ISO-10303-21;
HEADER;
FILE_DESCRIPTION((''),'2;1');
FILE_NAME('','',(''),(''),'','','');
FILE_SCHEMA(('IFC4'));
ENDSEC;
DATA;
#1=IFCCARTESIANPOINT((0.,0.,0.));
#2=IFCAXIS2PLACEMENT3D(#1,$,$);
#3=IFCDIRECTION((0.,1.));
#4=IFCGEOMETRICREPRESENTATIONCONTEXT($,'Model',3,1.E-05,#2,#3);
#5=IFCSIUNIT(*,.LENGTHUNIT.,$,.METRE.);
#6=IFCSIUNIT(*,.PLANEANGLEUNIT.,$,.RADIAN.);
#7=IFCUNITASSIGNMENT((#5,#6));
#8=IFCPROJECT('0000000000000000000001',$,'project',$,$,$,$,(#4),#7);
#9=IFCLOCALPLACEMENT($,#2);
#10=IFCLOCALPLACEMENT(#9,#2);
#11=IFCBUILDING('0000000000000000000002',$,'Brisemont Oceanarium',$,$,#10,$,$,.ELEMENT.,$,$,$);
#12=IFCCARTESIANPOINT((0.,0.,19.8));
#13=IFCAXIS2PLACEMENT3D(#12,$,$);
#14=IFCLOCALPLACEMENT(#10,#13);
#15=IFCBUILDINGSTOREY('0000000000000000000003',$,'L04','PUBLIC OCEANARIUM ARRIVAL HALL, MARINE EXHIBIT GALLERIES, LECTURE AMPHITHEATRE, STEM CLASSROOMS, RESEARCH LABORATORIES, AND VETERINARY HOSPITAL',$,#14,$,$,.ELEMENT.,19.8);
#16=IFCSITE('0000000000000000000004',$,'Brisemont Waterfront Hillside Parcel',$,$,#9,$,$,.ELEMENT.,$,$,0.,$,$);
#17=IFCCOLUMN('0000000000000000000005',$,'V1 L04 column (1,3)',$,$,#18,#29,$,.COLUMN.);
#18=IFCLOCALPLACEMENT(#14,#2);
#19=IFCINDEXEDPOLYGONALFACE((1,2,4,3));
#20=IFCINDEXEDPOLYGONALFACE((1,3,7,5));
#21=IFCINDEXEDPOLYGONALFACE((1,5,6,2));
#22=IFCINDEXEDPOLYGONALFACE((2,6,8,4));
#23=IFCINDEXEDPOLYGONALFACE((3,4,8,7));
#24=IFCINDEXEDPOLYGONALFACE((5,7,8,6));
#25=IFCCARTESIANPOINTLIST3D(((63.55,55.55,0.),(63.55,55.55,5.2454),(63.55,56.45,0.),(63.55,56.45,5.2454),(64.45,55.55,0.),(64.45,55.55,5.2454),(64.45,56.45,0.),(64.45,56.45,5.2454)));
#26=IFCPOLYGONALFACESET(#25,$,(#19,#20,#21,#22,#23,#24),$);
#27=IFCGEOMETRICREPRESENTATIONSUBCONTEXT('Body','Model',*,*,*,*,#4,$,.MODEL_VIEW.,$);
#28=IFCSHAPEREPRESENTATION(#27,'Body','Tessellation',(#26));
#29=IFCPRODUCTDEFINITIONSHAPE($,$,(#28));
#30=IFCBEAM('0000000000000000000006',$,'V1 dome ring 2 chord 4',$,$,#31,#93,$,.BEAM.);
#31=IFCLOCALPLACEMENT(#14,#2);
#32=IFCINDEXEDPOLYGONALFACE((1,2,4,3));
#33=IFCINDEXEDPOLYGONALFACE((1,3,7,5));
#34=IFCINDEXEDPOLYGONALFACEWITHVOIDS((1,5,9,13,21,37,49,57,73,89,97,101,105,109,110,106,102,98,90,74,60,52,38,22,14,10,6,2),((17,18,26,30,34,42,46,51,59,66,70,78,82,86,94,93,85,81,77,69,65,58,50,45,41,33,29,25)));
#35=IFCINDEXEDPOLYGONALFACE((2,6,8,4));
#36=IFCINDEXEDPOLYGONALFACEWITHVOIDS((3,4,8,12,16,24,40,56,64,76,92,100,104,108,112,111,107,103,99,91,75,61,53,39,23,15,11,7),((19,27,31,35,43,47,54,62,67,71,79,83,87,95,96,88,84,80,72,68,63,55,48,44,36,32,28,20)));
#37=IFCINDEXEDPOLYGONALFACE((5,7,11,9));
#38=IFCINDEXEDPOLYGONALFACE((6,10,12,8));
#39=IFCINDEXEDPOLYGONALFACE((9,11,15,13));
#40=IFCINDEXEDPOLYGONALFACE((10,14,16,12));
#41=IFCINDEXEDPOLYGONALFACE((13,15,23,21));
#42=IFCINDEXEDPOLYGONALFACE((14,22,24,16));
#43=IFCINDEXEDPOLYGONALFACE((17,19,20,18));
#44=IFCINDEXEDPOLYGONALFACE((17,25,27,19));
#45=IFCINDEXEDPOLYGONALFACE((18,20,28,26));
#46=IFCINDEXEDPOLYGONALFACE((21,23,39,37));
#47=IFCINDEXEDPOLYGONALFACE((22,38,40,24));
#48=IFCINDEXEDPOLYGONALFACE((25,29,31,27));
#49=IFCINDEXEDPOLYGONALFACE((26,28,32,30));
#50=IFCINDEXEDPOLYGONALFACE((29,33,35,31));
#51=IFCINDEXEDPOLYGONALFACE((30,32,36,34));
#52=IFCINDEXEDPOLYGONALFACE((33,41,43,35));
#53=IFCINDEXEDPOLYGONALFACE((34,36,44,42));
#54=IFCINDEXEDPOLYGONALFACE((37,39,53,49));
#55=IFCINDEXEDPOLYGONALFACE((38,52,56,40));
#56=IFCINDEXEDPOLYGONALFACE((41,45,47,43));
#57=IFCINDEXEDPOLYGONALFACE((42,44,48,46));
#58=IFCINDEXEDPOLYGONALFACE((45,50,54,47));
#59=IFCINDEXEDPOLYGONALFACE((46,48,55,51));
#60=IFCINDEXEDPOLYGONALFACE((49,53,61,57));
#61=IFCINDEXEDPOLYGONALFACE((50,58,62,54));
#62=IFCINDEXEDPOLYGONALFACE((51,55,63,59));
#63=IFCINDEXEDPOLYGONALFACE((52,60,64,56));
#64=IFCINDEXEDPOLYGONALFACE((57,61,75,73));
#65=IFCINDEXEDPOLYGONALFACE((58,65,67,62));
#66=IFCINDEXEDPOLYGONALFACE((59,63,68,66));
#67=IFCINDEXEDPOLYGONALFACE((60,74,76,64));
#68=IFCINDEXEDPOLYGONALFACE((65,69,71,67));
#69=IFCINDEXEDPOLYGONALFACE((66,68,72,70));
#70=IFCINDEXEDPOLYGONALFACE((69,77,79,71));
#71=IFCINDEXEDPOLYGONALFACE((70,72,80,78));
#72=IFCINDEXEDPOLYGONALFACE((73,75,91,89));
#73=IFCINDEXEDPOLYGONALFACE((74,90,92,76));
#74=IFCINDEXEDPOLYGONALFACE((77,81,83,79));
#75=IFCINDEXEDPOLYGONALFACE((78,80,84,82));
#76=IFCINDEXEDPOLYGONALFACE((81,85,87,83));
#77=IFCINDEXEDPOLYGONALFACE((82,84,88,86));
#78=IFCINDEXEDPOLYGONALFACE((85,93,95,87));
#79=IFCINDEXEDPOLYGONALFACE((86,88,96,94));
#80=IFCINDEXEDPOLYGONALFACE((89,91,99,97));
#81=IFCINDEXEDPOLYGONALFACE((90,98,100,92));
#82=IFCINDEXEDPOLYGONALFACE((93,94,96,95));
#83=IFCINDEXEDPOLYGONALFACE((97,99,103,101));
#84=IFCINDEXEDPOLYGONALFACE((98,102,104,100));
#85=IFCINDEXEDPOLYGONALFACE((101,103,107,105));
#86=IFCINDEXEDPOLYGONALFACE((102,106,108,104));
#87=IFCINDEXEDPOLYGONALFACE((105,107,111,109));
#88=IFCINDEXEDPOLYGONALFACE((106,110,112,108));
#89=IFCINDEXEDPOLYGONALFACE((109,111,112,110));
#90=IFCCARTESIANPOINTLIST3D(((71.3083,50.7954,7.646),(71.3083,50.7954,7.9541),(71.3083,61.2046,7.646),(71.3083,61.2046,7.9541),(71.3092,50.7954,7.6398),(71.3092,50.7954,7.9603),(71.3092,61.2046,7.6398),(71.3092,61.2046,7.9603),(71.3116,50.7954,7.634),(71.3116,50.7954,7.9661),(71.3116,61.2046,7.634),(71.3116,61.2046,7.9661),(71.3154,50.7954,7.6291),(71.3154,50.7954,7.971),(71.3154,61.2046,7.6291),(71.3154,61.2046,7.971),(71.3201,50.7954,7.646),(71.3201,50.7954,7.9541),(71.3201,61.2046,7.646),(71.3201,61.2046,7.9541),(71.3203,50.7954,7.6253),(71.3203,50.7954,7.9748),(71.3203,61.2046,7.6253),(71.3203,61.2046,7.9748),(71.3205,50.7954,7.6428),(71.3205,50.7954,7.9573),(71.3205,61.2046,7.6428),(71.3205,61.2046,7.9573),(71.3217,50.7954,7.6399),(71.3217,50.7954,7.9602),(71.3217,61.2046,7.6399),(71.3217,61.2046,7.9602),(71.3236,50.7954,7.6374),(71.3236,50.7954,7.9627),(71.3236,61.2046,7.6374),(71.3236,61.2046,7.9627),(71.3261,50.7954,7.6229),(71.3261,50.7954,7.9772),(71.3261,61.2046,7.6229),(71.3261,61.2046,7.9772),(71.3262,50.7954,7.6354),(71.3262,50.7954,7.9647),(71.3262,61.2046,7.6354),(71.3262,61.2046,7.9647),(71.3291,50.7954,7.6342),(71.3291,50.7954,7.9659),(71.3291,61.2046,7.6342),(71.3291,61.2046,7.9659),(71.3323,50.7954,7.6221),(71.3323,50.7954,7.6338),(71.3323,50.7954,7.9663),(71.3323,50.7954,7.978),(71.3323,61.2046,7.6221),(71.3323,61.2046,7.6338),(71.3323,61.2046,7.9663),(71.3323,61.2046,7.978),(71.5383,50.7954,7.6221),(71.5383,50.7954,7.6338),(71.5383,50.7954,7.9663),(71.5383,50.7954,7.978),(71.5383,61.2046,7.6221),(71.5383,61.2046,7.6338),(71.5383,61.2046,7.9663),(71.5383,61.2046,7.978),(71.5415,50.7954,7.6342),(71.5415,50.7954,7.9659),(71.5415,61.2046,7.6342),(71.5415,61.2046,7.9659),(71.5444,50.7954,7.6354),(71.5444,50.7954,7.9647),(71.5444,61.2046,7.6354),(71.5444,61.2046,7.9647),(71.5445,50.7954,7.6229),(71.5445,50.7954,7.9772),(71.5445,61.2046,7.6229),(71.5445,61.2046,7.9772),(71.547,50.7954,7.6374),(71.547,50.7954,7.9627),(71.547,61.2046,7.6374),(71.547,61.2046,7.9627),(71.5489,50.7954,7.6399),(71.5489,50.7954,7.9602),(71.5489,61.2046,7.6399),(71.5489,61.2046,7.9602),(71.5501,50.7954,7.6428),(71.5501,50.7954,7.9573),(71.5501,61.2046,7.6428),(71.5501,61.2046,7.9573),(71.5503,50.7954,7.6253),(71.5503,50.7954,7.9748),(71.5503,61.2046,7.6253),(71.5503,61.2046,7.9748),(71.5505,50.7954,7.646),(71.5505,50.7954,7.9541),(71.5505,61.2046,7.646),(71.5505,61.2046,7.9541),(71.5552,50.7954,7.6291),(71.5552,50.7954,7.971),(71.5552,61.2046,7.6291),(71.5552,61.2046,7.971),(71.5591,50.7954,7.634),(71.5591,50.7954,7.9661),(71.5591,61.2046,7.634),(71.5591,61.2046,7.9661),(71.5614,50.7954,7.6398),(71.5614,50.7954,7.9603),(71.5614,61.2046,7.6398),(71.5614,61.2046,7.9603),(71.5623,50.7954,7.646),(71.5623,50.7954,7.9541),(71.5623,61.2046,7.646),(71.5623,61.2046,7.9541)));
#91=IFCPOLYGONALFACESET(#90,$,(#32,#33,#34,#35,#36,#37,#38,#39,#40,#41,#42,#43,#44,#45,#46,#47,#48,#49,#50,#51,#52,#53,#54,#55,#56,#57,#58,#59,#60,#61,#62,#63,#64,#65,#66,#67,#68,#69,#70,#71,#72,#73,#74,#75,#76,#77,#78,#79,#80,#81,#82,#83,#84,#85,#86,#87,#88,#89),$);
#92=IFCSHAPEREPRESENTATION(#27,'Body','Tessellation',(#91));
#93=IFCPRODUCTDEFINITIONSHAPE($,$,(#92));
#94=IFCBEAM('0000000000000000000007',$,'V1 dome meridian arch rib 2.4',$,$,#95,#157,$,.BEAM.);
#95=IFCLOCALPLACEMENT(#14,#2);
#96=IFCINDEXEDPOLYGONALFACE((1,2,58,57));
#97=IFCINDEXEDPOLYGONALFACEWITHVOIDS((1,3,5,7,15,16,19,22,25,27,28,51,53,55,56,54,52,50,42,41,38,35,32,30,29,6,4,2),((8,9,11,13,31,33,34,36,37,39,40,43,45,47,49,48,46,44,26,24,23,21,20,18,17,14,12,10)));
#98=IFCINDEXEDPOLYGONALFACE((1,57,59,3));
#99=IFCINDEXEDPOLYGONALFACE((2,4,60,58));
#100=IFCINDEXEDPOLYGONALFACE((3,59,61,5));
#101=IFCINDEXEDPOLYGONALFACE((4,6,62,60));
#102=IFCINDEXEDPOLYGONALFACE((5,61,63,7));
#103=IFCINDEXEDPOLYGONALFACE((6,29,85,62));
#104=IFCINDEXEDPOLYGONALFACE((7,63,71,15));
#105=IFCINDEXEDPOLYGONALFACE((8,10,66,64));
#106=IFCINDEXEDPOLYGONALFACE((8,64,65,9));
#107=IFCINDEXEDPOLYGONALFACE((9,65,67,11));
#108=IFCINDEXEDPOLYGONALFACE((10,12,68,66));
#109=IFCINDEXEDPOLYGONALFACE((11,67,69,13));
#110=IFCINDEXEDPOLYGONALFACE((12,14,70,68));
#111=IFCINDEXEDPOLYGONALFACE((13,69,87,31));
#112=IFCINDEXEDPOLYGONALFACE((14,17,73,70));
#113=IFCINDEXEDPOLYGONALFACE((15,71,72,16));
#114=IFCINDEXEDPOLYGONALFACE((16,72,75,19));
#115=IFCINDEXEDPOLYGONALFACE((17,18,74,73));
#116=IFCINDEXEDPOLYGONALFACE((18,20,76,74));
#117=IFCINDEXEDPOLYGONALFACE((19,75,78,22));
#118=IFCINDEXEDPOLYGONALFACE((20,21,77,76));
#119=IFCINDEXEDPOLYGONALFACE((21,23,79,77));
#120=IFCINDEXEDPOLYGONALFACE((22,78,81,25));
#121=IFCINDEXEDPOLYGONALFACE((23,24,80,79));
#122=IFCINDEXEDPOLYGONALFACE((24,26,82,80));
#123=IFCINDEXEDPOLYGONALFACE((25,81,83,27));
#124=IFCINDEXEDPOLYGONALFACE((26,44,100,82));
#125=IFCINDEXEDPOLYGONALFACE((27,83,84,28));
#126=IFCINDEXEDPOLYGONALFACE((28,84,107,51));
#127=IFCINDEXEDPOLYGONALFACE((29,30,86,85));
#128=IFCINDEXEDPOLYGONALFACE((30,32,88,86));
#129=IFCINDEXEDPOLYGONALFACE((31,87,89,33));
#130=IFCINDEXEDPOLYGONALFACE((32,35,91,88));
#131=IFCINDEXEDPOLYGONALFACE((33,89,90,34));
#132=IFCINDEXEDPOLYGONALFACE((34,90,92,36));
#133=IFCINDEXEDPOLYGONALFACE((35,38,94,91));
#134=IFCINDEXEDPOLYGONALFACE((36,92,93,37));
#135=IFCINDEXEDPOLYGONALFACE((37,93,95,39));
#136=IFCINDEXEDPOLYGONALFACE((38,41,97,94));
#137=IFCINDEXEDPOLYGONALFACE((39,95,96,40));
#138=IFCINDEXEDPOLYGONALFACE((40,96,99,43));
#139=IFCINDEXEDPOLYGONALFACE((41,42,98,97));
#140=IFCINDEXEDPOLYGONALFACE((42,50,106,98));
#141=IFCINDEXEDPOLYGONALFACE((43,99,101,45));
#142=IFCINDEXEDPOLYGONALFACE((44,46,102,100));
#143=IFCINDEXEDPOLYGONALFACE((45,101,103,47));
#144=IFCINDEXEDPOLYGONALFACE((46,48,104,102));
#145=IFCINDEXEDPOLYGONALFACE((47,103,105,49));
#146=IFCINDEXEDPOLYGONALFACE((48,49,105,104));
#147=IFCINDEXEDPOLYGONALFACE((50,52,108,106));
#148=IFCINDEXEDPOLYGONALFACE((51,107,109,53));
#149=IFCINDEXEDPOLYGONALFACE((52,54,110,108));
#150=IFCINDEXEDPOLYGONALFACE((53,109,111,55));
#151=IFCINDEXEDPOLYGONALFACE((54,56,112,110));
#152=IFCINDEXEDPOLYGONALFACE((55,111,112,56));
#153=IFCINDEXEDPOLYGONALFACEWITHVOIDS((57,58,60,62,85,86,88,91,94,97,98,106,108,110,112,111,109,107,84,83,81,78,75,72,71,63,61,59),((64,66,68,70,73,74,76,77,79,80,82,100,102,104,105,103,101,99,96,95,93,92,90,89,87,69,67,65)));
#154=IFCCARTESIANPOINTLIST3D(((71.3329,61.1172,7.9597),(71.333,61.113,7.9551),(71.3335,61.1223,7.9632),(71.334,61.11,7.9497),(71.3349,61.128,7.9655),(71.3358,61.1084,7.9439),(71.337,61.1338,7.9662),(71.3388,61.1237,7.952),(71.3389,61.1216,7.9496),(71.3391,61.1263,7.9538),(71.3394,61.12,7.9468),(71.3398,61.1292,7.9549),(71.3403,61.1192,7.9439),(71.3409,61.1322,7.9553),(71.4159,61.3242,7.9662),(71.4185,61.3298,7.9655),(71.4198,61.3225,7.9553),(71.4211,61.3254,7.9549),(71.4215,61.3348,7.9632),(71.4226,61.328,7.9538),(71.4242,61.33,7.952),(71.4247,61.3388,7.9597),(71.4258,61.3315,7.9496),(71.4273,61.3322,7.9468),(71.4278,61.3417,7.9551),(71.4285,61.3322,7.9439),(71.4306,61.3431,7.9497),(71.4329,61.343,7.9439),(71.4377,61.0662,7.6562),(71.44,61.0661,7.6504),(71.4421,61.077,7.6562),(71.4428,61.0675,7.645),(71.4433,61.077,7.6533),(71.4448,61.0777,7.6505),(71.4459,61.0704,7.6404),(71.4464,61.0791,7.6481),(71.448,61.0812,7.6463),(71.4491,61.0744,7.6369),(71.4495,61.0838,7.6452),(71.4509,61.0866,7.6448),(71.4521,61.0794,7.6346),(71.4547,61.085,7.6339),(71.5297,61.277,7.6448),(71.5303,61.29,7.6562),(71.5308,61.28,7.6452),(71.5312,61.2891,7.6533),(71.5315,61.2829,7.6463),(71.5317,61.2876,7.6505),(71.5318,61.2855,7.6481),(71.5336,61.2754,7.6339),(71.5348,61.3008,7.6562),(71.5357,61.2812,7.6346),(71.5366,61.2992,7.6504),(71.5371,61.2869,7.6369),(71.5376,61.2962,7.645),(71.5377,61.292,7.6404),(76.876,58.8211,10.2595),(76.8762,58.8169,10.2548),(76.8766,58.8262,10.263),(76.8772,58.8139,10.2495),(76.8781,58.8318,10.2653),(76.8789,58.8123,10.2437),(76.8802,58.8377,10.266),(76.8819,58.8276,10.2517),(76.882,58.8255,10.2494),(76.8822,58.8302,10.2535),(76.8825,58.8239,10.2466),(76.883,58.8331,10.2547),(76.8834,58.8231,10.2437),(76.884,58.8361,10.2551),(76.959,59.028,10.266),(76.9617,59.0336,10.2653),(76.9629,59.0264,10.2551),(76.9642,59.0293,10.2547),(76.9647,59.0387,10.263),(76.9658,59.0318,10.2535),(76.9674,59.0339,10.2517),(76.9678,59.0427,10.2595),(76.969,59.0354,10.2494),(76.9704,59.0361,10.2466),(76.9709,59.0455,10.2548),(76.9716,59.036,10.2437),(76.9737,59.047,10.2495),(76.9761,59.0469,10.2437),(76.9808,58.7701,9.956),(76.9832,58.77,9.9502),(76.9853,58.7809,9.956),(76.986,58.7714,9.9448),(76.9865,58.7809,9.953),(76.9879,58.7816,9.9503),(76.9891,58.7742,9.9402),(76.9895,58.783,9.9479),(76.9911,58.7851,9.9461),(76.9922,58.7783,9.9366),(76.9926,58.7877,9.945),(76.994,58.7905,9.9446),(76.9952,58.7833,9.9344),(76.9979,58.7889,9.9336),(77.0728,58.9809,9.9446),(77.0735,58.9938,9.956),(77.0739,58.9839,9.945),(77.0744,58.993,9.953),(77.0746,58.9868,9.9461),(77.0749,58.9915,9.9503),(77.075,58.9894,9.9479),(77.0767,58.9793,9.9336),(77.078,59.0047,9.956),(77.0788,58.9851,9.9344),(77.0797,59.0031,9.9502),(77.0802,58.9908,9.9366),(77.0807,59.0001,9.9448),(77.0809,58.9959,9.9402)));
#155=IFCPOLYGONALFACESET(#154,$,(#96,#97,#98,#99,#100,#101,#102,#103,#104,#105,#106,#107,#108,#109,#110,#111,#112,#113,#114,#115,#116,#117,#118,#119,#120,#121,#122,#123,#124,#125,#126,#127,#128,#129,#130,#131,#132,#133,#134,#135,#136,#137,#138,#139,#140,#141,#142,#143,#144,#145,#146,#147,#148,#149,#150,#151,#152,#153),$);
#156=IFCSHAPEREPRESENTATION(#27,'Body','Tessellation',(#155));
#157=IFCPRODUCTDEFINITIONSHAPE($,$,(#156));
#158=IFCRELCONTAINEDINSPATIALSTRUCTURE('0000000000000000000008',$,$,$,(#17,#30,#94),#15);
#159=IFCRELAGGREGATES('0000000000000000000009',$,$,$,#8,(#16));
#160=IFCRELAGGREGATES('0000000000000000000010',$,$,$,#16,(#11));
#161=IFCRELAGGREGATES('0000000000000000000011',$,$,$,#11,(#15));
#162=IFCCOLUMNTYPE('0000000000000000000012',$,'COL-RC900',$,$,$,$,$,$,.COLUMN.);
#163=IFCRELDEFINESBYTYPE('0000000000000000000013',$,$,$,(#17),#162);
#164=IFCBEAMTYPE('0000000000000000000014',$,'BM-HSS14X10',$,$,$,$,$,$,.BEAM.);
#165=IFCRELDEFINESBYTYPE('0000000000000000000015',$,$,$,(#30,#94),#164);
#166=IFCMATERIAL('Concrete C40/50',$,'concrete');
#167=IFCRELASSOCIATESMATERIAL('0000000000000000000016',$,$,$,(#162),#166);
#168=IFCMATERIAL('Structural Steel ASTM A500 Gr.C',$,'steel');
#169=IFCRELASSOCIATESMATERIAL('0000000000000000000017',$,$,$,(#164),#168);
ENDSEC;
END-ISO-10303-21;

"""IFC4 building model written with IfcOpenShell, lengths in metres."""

from ifc_helpers import new_model, si_unit, direction, frame, origin, origin_2d, place, context, subcontext, project, spatial, rectangle, hollow_rectangle, extrude, material, material_profile, profile_set, type_object, element, save


model = new_model("IFC4")

# Units and contexts
model_context = context("Model", 3, precision=1e-05, world=origin(), true_north=direction((0.0, 1.0)))
body_context = subcontext(model_context, "Body", "Model", "MODEL_VIEW")
ifc_project = project(units=[si_unit("LENGTHUNIT", "METRE"), si_unit("PLANEANGLEUNIT", "RADIAN")], contexts=[model_context])

# Site, building, storey
site_placement = place(None, origin())
site = spatial("IfcSite", under=ifc_project, at=site_placement, Name="Brisemont Waterfront Hillside Parcel", CompositionType="ELEMENT", RefElevation=0.0)
building_placement = place(site_placement, origin())
building = spatial("IfcBuilding", under=site, at=building_placement, Name="Brisemont Oceanarium", CompositionType="ELEMENT")
storey_placement = place(building_placement, frame((0.0, 0.0, 19.8)))
storey = spatial("IfcBuildingStorey", under=building, at=storey_placement, Name="L04", Description="PUBLIC OCEANARIUM ARRIVAL HALL, MARINE EXHIBIT GALLERIES, LECTURE AMPHITHEATRE, STEM CLASSROOMS, RESEARCH LABORATORIES, AND VETERINARY HOSPITAL", CompositionType="ELEMENT", Elevation=19.8)

# Column
ifc_material_1 = material(Name="Concrete C40/50", Category="concrete")
ifc_material_profile_1 = material_profile(ifc_material_1, rectangle(XDim=0.8999, YDim=0.8999, at=origin_2d()), Name="RC-COL-900X900")
ifc_profile_set_1 = profile_set([ifc_material_profile_1], Name="Concrete C40/50")
column_type = type_object("IfcColumnType", Name="COL-RC900", PredefinedType="COLUMN", material=ifc_profile_set_1)
column_placement = place(storey_placement, frame((64.0, 56.0, 0.0), z_axis=(0.0, 0.0, 1.0), x_axis=(1.0, 0.0, 0.0)))
element("IfcColumn", 1, at=column_placement, inside=storey, type_object=column_type, Name="V1 L04 column (1,3)", PredefinedType="COLUMN", context=body_context, shape_type="SweptSolid", body=[
    extrude(rectangle(XDim=0.8999, YDim=0.8999, at=origin_2d()), origin(), (0.0, 0.0, 1.0), 5.2454),
])

# Beams
ifc_material_2 = material(Name="Structural Steel ASTM A500 Gr.C", Category="steel")
ifc_material_profile_2 = material_profile(ifc_material_2, hollow_rectangle(XDim=0.2539, YDim=0.356, WallThickness=0.0117, InnerFilletRadius=0.0122, OuterFilletRadius=0.0239, at=origin_2d()), Name="HSS14X10X1/2")
ifc_profile_set_2 = profile_set([ifc_material_profile_2], Name="Structural Steel ASTM A500 Gr.C")
beam_type_1 = type_object("IfcBeamType", Name="BM-HSS14X10", PredefinedType="BEAM", material=ifc_profile_set_2)
beam_1_placement = place(storey_placement, frame((71.4353, 61.2046, 7.8), z_axis=(0.0, -1.0, 0.0), x_axis=(1.0, 0.0, 0.0)))
element("IfcBeam", 2, at=beam_1_placement, inside=storey, type_object=beam_type_1, Name="V1 dome ring 2 chord 4", PredefinedType="BEAM", context=body_context, shape_type="SweptSolid", body=[
    extrude(hollow_rectangle(XDim=0.2539, YDim=0.356, WallThickness=0.0117, InnerFilletRadius=0.0122, OuterFilletRadius=0.0239, at=origin_2d()), origin(), (0.0, 0.0, 1.0), 10.4092),
])
beam_2_placement = place(storey_placement, frame((71.4353, 61.2046, 7.8), z_axis=(0.862674, -0.357342, 0.357912), x_axis=(0.382693, 0.923875, 0.0)))
element("IfcBeam", 3, at=beam_2_placement, inside=storey, type_object=beam_type_1, Name="V1 dome meridian arch rib 2.4", PredefinedType="BEAM", context=body_context, shape_type="SweptSolid", body=[
    extrude(hollow_rectangle(XDim=0.2539, YDim=0.356, WallThickness=0.0117, InnerFilletRadius=0.0122, OuterFilletRadius=0.0239, at=origin_2d()), origin(), (0.0, 0.0, 1.0), 6.4255),
])

save(model, "model.ifc")
